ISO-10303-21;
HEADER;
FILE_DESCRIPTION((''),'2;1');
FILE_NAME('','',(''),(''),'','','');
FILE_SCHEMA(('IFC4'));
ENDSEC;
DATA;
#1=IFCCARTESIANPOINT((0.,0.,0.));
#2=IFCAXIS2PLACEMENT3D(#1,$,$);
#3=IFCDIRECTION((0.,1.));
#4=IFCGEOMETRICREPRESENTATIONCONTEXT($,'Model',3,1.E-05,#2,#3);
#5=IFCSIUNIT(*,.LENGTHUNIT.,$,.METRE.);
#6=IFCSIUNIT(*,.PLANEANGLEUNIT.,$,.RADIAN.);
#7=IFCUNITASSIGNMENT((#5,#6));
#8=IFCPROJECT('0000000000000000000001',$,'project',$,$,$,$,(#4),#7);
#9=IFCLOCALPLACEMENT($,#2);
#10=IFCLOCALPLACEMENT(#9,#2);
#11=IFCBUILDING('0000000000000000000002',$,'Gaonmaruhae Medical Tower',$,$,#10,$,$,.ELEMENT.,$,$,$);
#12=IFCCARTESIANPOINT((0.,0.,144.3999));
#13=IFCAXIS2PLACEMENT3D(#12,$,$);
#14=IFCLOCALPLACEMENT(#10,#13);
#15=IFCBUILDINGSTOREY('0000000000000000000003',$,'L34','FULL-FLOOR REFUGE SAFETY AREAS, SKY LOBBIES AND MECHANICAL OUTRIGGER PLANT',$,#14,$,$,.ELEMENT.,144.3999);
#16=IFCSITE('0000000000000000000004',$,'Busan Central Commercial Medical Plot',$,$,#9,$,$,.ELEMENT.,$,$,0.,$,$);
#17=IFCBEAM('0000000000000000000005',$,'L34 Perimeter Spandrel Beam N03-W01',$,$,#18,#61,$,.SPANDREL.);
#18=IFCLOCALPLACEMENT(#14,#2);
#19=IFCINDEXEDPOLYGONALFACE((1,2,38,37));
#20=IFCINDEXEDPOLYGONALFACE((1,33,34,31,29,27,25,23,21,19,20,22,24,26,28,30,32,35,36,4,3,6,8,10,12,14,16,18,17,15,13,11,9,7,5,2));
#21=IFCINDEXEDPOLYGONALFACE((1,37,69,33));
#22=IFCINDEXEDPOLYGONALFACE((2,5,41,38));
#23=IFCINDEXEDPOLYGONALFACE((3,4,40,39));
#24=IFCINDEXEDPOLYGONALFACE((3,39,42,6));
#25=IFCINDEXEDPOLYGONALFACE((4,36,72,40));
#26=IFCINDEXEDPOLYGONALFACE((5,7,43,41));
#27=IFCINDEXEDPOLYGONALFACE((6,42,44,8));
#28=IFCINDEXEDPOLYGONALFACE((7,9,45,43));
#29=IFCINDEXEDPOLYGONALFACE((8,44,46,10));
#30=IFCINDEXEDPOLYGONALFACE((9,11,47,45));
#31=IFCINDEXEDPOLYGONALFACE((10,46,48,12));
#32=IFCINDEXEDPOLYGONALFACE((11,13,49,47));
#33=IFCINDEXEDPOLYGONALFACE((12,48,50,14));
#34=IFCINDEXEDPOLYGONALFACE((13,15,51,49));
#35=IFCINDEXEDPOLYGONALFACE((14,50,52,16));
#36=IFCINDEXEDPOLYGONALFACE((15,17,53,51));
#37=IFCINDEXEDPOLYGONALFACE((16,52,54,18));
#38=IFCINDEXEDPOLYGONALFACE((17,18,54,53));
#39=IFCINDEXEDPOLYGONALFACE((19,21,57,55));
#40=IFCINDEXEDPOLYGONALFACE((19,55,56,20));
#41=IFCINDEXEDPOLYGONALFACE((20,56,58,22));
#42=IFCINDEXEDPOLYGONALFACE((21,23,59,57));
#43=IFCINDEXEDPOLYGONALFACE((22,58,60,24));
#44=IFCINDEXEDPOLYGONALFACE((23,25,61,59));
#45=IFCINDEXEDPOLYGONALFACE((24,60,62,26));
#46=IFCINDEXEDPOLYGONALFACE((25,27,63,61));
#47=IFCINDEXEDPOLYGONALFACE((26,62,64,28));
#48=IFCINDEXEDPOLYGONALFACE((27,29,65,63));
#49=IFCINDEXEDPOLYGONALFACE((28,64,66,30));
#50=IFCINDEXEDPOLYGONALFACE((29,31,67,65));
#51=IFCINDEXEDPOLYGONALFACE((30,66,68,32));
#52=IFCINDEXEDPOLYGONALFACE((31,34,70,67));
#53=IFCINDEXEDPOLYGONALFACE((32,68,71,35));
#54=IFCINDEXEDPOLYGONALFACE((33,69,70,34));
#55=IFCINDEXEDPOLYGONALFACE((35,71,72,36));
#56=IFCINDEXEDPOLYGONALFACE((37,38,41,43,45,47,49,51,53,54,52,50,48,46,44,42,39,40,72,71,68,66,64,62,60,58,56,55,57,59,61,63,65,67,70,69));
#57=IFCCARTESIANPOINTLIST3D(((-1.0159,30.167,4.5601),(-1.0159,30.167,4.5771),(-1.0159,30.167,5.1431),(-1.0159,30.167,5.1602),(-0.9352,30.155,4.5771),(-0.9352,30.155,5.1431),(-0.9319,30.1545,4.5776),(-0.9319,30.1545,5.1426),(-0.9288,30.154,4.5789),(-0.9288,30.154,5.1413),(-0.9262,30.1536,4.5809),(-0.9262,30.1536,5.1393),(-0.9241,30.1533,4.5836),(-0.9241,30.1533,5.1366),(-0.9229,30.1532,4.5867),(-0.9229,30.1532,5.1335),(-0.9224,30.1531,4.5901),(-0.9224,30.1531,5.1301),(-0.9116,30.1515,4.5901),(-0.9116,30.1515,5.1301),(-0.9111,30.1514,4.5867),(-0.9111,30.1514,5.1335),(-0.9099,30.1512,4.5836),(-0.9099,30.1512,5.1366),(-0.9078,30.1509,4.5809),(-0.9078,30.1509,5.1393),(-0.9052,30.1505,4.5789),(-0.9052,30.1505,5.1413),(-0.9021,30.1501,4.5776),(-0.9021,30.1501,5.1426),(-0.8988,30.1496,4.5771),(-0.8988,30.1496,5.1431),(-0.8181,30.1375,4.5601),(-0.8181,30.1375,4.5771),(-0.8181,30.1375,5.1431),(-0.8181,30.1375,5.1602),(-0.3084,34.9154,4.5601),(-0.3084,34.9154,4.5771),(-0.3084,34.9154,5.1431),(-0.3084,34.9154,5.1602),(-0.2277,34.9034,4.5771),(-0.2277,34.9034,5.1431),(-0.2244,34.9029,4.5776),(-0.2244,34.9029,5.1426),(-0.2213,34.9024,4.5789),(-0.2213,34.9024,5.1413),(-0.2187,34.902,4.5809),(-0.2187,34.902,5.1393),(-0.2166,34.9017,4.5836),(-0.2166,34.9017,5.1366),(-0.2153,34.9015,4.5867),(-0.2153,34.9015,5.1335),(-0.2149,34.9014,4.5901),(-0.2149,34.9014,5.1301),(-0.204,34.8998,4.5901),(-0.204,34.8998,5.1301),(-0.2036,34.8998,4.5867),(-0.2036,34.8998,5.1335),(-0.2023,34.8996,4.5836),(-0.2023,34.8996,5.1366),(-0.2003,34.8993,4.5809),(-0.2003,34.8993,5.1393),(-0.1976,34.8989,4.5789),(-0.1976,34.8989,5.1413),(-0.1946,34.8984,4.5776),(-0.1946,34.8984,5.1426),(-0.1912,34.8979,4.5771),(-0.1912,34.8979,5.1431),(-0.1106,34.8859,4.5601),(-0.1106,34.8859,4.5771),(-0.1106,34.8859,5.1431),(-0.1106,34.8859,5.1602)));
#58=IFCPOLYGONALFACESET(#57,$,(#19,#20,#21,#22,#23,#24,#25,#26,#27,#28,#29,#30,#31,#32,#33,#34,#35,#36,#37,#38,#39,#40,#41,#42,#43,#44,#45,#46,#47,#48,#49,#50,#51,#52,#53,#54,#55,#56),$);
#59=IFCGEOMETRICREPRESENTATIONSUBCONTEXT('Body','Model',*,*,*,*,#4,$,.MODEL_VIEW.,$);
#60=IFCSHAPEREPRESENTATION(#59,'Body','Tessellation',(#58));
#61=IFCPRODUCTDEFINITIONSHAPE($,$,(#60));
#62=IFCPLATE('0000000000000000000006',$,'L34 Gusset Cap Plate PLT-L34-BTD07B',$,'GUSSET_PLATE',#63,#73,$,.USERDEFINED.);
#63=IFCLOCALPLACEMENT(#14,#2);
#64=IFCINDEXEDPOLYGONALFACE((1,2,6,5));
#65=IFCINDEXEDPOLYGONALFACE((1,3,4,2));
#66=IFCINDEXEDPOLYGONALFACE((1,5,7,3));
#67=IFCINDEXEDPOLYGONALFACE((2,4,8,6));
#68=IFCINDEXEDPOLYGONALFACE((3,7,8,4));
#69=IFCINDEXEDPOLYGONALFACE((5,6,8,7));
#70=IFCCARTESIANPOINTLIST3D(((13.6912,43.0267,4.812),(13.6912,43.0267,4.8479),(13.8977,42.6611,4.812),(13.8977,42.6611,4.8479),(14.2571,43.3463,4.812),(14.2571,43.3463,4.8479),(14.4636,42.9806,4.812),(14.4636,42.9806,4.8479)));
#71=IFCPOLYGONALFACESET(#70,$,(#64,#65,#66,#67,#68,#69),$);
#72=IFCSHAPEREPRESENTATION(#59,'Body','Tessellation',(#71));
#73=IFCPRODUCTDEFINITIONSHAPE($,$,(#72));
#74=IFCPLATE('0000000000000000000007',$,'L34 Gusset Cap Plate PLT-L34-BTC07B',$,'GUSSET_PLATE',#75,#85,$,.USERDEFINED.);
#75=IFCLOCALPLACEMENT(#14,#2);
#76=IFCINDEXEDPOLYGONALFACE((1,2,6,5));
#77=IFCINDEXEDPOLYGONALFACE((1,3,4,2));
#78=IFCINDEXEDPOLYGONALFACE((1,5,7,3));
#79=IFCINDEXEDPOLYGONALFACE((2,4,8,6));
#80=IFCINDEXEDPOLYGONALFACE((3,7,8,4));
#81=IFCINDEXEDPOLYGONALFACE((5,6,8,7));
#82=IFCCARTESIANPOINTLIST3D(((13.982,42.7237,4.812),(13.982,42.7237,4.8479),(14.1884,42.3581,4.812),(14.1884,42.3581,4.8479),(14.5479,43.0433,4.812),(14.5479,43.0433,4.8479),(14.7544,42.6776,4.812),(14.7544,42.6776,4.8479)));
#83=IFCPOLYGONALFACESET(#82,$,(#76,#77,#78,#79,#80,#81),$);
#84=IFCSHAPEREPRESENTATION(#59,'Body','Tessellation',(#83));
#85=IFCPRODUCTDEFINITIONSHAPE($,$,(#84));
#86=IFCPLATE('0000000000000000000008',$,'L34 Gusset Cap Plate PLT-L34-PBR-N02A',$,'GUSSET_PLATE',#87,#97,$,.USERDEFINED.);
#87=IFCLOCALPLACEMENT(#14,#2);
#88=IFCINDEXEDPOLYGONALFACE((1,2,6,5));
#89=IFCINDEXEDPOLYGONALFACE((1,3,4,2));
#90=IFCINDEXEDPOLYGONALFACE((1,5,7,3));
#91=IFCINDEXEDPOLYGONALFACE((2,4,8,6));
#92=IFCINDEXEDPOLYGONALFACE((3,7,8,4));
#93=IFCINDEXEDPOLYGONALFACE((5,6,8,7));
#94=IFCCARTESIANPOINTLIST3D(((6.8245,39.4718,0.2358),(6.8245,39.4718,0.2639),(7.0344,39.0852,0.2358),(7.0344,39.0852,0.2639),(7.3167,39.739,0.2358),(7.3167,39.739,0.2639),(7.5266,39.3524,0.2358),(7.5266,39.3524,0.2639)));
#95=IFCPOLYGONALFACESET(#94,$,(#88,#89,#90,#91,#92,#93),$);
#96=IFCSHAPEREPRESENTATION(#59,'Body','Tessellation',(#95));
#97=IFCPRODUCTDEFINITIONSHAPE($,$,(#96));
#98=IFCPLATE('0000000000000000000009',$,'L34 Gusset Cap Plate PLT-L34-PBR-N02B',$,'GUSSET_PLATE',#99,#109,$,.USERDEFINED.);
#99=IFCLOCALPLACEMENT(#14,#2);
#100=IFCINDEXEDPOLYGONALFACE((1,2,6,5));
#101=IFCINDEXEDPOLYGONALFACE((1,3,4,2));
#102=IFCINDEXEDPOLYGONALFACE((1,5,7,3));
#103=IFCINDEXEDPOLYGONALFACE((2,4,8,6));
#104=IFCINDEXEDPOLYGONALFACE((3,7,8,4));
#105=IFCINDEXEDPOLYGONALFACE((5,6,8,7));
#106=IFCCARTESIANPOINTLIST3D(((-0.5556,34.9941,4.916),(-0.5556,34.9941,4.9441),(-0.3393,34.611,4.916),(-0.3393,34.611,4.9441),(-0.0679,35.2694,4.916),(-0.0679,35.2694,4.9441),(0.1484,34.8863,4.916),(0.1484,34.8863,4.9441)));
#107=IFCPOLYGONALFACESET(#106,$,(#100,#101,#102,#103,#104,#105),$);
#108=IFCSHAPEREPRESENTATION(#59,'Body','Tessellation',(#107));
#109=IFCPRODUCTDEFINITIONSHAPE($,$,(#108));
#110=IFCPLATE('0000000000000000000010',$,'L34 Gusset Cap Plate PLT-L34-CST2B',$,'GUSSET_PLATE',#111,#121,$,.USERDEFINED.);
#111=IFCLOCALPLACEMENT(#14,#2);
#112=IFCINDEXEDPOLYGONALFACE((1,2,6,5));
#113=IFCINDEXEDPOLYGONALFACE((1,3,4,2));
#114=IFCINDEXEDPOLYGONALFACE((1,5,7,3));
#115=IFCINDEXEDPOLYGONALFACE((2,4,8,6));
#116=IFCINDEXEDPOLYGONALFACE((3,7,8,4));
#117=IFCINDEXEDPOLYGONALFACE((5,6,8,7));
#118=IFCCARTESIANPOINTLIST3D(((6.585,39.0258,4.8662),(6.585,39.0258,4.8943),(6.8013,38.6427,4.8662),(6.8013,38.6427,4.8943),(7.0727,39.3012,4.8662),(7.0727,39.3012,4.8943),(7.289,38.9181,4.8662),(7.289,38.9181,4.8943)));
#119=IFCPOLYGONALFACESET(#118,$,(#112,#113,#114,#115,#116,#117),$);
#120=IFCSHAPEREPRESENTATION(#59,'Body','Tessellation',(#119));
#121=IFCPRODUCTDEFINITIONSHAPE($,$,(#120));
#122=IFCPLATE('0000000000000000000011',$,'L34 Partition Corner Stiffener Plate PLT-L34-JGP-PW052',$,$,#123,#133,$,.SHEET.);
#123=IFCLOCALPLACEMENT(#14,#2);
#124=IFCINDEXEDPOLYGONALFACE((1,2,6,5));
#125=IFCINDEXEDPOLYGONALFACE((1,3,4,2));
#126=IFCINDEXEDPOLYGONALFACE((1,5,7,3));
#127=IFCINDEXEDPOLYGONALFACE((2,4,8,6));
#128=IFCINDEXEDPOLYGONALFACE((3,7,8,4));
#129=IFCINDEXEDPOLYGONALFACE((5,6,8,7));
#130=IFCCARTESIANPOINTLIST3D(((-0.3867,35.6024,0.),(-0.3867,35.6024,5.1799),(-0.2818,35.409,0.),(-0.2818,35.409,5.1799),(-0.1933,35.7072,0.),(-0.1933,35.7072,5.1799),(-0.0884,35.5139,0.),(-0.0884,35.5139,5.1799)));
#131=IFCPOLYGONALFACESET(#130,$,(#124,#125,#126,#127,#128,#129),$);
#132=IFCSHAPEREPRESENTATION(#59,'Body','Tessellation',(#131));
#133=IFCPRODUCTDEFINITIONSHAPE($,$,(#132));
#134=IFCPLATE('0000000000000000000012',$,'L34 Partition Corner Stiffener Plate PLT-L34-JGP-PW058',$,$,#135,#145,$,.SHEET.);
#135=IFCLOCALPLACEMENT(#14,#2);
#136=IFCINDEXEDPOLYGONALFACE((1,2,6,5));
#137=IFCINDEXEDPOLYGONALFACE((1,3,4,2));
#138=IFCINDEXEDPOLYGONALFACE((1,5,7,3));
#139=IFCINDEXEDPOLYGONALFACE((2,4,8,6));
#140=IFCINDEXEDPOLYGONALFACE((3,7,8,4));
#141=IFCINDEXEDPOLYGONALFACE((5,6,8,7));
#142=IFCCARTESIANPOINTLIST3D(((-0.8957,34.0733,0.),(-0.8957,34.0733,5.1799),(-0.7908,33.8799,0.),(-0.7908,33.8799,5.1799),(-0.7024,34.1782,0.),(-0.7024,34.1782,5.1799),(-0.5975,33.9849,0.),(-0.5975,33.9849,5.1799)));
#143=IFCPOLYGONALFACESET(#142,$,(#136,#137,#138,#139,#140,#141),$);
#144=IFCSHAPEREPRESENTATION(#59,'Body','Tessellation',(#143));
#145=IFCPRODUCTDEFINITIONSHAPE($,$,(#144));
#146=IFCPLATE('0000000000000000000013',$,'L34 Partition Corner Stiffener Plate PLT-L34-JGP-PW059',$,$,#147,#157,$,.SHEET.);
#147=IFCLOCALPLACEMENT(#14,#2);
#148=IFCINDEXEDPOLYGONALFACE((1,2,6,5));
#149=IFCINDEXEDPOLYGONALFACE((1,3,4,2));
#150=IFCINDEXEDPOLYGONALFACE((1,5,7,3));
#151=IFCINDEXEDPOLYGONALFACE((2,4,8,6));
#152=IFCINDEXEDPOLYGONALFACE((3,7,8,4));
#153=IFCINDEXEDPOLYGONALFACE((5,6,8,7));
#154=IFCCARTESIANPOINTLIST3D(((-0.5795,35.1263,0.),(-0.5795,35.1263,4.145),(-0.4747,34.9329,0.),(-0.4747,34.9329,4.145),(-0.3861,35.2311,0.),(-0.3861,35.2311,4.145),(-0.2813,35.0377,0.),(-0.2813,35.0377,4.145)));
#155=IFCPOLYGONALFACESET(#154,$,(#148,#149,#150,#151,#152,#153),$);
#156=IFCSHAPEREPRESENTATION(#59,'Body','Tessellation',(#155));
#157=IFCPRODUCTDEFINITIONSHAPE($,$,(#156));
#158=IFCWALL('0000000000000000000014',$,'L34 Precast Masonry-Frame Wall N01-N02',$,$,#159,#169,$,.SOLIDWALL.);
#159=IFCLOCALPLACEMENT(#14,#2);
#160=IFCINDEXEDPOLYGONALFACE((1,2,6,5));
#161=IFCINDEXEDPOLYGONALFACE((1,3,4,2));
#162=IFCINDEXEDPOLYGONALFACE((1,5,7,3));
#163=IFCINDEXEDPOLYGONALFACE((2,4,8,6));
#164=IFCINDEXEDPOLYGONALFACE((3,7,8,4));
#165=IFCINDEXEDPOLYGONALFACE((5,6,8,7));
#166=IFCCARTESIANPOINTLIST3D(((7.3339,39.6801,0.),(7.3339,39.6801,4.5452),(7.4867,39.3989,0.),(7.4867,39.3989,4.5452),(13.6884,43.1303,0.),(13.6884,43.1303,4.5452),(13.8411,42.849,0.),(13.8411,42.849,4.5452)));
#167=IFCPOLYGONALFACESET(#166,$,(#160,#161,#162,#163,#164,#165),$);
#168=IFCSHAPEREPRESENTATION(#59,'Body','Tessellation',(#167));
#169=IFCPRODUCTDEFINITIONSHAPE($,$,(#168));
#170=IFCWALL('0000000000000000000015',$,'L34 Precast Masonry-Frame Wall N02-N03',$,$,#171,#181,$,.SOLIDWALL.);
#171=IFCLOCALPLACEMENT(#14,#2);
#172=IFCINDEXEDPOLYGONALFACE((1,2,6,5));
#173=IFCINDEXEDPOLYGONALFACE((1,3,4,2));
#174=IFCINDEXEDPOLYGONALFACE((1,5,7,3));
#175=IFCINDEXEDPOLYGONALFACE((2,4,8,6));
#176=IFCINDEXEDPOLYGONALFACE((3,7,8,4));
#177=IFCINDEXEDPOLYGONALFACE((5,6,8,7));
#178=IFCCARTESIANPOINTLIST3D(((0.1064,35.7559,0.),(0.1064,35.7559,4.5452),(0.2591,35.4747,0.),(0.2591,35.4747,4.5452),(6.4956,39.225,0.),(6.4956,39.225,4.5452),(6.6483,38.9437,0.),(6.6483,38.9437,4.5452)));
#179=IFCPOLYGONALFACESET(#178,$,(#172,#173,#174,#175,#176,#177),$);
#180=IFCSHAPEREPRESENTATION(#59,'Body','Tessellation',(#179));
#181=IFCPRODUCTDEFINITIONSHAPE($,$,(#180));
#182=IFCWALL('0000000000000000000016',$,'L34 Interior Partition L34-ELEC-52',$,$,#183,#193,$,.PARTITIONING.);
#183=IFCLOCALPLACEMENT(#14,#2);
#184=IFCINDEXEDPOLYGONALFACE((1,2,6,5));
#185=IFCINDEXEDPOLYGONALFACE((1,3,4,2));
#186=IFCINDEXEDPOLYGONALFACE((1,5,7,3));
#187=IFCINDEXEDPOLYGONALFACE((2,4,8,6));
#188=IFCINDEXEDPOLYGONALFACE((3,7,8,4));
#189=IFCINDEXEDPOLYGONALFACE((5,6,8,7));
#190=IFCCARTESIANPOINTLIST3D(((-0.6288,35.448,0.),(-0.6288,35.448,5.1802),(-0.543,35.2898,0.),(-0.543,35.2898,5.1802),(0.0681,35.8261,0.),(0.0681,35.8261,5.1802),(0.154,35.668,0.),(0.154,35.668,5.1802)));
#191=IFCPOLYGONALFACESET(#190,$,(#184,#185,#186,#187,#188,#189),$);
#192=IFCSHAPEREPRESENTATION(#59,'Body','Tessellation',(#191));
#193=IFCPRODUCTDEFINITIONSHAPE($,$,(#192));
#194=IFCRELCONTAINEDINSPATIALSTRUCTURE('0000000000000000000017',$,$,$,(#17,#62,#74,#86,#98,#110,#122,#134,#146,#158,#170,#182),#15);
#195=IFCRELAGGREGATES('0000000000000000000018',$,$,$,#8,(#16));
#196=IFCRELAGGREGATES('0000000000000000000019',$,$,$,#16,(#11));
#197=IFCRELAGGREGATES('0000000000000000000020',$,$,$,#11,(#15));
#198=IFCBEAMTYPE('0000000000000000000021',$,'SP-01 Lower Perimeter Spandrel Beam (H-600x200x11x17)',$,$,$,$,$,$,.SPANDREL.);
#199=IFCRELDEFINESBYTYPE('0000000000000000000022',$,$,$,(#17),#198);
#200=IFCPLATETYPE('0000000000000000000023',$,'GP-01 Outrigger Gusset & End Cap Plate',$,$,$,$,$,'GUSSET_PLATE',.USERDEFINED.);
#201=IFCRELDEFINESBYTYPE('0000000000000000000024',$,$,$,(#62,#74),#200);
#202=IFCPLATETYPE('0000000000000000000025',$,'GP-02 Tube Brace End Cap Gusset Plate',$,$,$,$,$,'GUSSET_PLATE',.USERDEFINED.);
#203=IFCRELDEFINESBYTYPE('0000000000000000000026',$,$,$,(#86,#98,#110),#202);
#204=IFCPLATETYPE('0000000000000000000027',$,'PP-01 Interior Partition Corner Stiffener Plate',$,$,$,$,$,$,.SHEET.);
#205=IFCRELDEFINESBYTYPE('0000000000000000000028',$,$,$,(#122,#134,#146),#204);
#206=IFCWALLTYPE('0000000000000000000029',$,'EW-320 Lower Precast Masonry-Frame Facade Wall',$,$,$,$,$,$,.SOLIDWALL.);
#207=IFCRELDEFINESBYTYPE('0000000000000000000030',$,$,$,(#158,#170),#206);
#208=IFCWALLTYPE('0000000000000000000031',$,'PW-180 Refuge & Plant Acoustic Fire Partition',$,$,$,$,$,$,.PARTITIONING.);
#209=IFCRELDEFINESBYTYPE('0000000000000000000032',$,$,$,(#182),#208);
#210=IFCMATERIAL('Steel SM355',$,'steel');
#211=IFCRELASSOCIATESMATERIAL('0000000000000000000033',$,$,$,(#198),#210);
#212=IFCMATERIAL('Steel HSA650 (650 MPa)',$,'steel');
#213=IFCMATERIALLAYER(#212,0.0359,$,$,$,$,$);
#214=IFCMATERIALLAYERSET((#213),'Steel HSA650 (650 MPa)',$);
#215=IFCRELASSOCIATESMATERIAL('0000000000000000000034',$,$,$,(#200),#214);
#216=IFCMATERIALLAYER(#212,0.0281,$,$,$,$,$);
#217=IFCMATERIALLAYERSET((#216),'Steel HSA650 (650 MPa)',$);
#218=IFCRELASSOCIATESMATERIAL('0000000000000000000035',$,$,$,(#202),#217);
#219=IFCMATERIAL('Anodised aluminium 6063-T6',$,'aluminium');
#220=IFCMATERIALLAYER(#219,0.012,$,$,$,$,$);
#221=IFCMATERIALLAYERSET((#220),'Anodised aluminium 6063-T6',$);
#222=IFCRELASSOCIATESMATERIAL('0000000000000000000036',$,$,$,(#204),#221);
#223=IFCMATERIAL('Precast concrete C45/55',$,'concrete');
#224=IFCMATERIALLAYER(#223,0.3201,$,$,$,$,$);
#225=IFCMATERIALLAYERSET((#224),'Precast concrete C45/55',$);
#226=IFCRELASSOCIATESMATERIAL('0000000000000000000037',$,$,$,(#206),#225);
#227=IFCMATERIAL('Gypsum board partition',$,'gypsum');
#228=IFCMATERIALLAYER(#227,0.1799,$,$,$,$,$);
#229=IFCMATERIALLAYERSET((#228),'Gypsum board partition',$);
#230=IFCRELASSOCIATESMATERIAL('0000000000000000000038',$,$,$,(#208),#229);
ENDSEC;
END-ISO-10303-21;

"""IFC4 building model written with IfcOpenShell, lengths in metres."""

from ifc_helpers import new_model, si_unit, direction, frame, frame_2d, origin, origin_2d, place, context, subcontext, project, spatial, rectangle, i_section, extrude, material, layer, layer_set, material_profile, profile_set, type_object, element, save


model = new_model("IFC4")

# Units and contexts
model_context = context("Model", 3, precision=1e-05, world=origin(), true_north=direction((0.0, 1.0)))
body_context = subcontext(model_context, "Body", "Model", "MODEL_VIEW")
ifc_project = project(units=[si_unit("LENGTHUNIT", "METRE"), si_unit("PLANEANGLEUNIT", "RADIAN")], contexts=[model_context])

# Site, building, storey
site_placement = place(None, origin())
site = spatial("IfcSite", under=ifc_project, at=site_placement, Name="Busan Central Commercial Medical Plot", CompositionType="ELEMENT", RefElevation=0.0)
building_placement = place(site_placement, origin())
building = spatial("IfcBuilding", under=site, at=building_placement, Name="Gaonmaruhae Medical Tower", CompositionType="ELEMENT")
storey_placement = place(building_placement, frame((0.0, 0.0, 144.3999)))
storey = spatial("IfcBuildingStorey", under=building, at=storey_placement, Name="L34", Description="FULL-FLOOR REFUGE SAFETY AREAS, SKY LOBBIES AND MECHANICAL OUTRIGGER PLANT", CompositionType="ELEMENT", Elevation=144.3999)

# Beam
ifc_material_1 = material(Name="Steel SM355", Category="steel")
ifc_material_profile_1 = material_profile(ifc_material_1, i_section(OverallWidth=0.2, OverallDepth=0.6001, WebThickness=0.011, FlangeThickness=0.0171, FilletRadius=0.0129, at=origin_2d()), Name="H-600x200x11x17")
ifc_profile_set_1 = profile_set([ifc_material_profile_1], Name="Steel SM355")
beam_type = type_object("IfcBeamType", Name="SP-01 Lower Perimeter Spandrel Beam (H-600x200x11x17)", PredefinedType="SPANDREL", material=ifc_profile_set_1)
beam_1_placement = place(storey_placement, frame((-0.2095, 34.9006, 4.8601), z_axis=(-0.147378, -0.98908, 0.0), x_axis=(0.98908, -0.147378, 0.0)))
element("IfcBeam", 1, at=beam_1_placement, inside=storey, type_object=beam_type, Name="L34 Perimeter Spandrel Beam N03-W01", PredefinedType="SPANDREL", context=body_context, shape_type="SweptSolid", body=[
    extrude(i_section(OverallWidth=0.2, OverallDepth=0.6001, WebThickness=0.011, FlangeThickness=0.0171, FilletRadius=0.0129, at=origin_2d()), origin(), (0.0, 0.0, 1.0), 4.8008),
])

# Plates
ifc_material_2 = material(Name="Steel HSA650 (650 MPa)", Category="steel")
ifc_layer_1 = layer(ifc_material_2, 0.0359)
ifc_layer_set_1 = layer_set([ifc_layer_1], Name="Steel HSA650 (650 MPa)")
plate_type_1 = type_object("IfcPlateType", Name="GP-01 Outrigger Gusset & End Cap Plate", ElementType="GUSSET_PLATE", PredefinedType="USERDEFINED", material=ifc_layer_set_1)
for number, where, z_axis, x_axis, name in (
    (2, (14.0774, 43.0037, 4.812), (0.0, 0.0, 1.0), (0.870785, 0.491664, 0.0), "L34 Gusset Cap Plate PLT-L34-BTD07B"),
    (3, (14.3682, 42.7007, 4.812), (0.0, 0.0, 1.0), (0.870785, 0.491664, 0.0), "L34 Gusset Cap Plate PLT-L34-BTC07B"),
):
    element("IfcPlate", number, at=place(storey_placement, frame(where, z_axis=z_axis, x_axis=x_axis)), inside=storey, type_object=plate_type_1, Name=name, ObjectType="GUSSET_PLATE", PredefinedType="USERDEFINED", context=body_context, shape_type="SweptSolid", body=[
        extrude(rectangle(XDim=0.6499, YDim=0.4199, at=origin_2d()), origin(), (0.0, 0.0, 1.0), 0.0359),
    ])
ifc_layer_2 = layer(ifc_material_2, 0.0281)
ifc_layer_set_2 = layer_set([ifc_layer_2], Name="Steel HSA650 (650 MPa)")
plate_type_2 = type_object("IfcPlateType", Name="GP-02 Tube Brace End Cap Gusset Plate", ElementType="GUSSET_PLATE", PredefinedType="USERDEFINED", material=ifc_layer_set_2)
for number, where, z_axis, x_axis, name in (
    (4, (7.1755, 39.4121, 0.2358), (0.0, 0.0, 1.0), (0.878817, 0.477159, 0.0), "L34 Gusset Cap Plate PLT-L34-PBR-N02A"),
    (5, (-0.2036, 34.9402, 4.916), (0.0, 0.0, 1.0), (0.870785, 0.491664, 0.0), "L34 Gusset Cap Plate PLT-L34-PBR-N02B"),
    (6, (6.937, 38.9719, 4.8662), (0.0, 0.0, 1.0), (0.870785, 0.491664, 0.0), "L34 Gusset Cap Plate PLT-L34-CST2B"),
):
    element("IfcPlate", number, at=place(storey_placement, frame(where, z_axis=z_axis, x_axis=x_axis)), inside=storey, type_object=plate_type_2, Name=name, ObjectType="GUSSET_PLATE", PredefinedType="USERDEFINED", context=body_context, shape_type="SweptSolid", body=[
        extrude(rectangle(XDim=0.5601, YDim=0.4399, at=origin_2d()), origin(), (0.0, 0.0, 1.0), 0.0281),
    ])
ifc_material_3 = material(Name="Anodised aluminium 6063-T6", Category="aluminium")
ifc_layer_3 = layer(ifc_material_3, 0.012)
ifc_layer_set_3 = layer_set([ifc_layer_3], Name="Anodised aluminium 6063-T6")
plate_type_3 = type_object("IfcPlateType", Name="PP-01 Interior Partition Corner Stiffener Plate", PredefinedType="SHEET", material=ifc_layer_set_3)
for number, where, z_axis, x_axis, name in (
    (7, (-0.2375, 35.5581, 0.0), (0.0, 0.0, 1.0), (0.87905, 0.476729, 0.0), "L34 Partition Corner Stiffener Plate PLT-L34-JGP-PW052"),
    (8, (-0.7466, 34.0291, 0.0), (0.0, 0.0, 1.0), (0.8789, 0.477005, 0.0), "L34 Partition Corner Stiffener Plate PLT-L34-JGP-PW058"),
):
    element("IfcPlate", number, at=place(storey_placement, frame(where, z_axis=z_axis, x_axis=x_axis)), inside=storey, type_object=plate_type_3, Name=name, PredefinedType="SHEET", context=body_context, shape_type="SweptSolid", body=[
        extrude(rectangle(XDim=0.22, YDim=0.22, at=origin_2d()), origin(), (0.0, 0.0, 1.0), 5.1799),
    ])
plate_placement = place(storey_placement, frame((-0.4304, 35.082, 0.0), z_axis=(0.0, 0.0, 1.0), x_axis=(-0.476376, 0.879241, 0.0)))
element("IfcPlate", 9, at=plate_placement, inside=storey, type_object=plate_type_3, Name="L34 Partition Corner Stiffener Plate PLT-L34-JGP-PW059", PredefinedType="SHEET", context=body_context, shape_type="SweptSolid", body=[
    extrude(rectangle(XDim=0.22, YDim=0.22, at=origin_2d()), origin(), (0.0, 0.0, 1.0), 4.145),
])

# Walls
ifc_material_4 = material(Name="Precast concrete C45/55", Category="concrete")
ifc_layer_4 = layer(ifc_material_4, 0.3201)
ifc_layer_set_4 = layer_set([ifc_layer_4], Name="Precast concrete C45/55")
wall_type_1 = type_object("IfcWallType", Name="EW-320 Lower Precast Masonry-Frame Facade Wall", PredefinedType="SOLIDWALL", material=ifc_layer_set_4)
wall_1_placement = place(storey_placement, frame((7.4104, 39.5396, 0.0), z_axis=(0.0, 0.0, 1.0), x_axis=(0.878818, 0.477157, 0.0)))
element("IfcWall", 10, at=wall_1_placement, inside=storey, type_object=wall_type_1, Name="L34 Precast Masonry-Frame Wall N01-N02", PredefinedType="SOLIDWALL", context=body_context, shape_type="SweptSolid", body=[
    extrude(rectangle(XDim=7.2307, YDim=0.3201, at=frame_2d((3.6152, 0.0))), origin(), (0.0, 0.0, 1.0), 4.5452),
])
wall_2_placement = place(storey_placement, frame((0.1826, 35.6152, 0.0), z_axis=(0.0, 0.0, 1.0), x_axis=(0.878819, 0.477155, 0.0)))
element("IfcWall", 11, at=wall_2_placement, inside=storey, type_object=wall_type_1, Name="L34 Precast Masonry-Frame Wall N02-N03", PredefinedType="SOLIDWALL", context=body_context, shape_type="SweptSolid", body=[
    extrude(rectangle(XDim=7.2703, YDim=0.3201, at=frame_2d((3.6353, 0.0))), origin(), (0.0, 0.0, 1.0), 4.5452),
])
ifc_material_5 = material(Name="Gypsum board partition", Category="gypsum")
ifc_layer_5 = layer(ifc_material_5, 0.1799)
ifc_layer_set_5 = layer_set([ifc_layer_5], Name="Gypsum board partition")
wall_type_2 = type_object("IfcWallType", Name="PW-180 Refuge & Plant Acoustic Fire Partition", PredefinedType="PARTITIONING", material=ifc_layer_set_5)
wall_3_placement = place(storey_placement, frame((-0.5859, 35.3689, 0.0), z_axis=(0.0, 0.0, 1.0), x_axis=(0.878964, 0.476888, 0.0)))
element("IfcWall", 12, at=wall_3_placement, inside=storey, type_object=wall_type_2, Name="L34 Interior Partition L34-ELEC-52", PredefinedType="PARTITIONING", context=body_context, shape_type="SweptSolid", body=[
    extrude(rectangle(XDim=0.793, YDim=0.1799, at=frame_2d((0.3965, 0.0))), origin(), (0.0, 0.0, 1.0), 5.1802),
])

save(model, "model.ifc")
